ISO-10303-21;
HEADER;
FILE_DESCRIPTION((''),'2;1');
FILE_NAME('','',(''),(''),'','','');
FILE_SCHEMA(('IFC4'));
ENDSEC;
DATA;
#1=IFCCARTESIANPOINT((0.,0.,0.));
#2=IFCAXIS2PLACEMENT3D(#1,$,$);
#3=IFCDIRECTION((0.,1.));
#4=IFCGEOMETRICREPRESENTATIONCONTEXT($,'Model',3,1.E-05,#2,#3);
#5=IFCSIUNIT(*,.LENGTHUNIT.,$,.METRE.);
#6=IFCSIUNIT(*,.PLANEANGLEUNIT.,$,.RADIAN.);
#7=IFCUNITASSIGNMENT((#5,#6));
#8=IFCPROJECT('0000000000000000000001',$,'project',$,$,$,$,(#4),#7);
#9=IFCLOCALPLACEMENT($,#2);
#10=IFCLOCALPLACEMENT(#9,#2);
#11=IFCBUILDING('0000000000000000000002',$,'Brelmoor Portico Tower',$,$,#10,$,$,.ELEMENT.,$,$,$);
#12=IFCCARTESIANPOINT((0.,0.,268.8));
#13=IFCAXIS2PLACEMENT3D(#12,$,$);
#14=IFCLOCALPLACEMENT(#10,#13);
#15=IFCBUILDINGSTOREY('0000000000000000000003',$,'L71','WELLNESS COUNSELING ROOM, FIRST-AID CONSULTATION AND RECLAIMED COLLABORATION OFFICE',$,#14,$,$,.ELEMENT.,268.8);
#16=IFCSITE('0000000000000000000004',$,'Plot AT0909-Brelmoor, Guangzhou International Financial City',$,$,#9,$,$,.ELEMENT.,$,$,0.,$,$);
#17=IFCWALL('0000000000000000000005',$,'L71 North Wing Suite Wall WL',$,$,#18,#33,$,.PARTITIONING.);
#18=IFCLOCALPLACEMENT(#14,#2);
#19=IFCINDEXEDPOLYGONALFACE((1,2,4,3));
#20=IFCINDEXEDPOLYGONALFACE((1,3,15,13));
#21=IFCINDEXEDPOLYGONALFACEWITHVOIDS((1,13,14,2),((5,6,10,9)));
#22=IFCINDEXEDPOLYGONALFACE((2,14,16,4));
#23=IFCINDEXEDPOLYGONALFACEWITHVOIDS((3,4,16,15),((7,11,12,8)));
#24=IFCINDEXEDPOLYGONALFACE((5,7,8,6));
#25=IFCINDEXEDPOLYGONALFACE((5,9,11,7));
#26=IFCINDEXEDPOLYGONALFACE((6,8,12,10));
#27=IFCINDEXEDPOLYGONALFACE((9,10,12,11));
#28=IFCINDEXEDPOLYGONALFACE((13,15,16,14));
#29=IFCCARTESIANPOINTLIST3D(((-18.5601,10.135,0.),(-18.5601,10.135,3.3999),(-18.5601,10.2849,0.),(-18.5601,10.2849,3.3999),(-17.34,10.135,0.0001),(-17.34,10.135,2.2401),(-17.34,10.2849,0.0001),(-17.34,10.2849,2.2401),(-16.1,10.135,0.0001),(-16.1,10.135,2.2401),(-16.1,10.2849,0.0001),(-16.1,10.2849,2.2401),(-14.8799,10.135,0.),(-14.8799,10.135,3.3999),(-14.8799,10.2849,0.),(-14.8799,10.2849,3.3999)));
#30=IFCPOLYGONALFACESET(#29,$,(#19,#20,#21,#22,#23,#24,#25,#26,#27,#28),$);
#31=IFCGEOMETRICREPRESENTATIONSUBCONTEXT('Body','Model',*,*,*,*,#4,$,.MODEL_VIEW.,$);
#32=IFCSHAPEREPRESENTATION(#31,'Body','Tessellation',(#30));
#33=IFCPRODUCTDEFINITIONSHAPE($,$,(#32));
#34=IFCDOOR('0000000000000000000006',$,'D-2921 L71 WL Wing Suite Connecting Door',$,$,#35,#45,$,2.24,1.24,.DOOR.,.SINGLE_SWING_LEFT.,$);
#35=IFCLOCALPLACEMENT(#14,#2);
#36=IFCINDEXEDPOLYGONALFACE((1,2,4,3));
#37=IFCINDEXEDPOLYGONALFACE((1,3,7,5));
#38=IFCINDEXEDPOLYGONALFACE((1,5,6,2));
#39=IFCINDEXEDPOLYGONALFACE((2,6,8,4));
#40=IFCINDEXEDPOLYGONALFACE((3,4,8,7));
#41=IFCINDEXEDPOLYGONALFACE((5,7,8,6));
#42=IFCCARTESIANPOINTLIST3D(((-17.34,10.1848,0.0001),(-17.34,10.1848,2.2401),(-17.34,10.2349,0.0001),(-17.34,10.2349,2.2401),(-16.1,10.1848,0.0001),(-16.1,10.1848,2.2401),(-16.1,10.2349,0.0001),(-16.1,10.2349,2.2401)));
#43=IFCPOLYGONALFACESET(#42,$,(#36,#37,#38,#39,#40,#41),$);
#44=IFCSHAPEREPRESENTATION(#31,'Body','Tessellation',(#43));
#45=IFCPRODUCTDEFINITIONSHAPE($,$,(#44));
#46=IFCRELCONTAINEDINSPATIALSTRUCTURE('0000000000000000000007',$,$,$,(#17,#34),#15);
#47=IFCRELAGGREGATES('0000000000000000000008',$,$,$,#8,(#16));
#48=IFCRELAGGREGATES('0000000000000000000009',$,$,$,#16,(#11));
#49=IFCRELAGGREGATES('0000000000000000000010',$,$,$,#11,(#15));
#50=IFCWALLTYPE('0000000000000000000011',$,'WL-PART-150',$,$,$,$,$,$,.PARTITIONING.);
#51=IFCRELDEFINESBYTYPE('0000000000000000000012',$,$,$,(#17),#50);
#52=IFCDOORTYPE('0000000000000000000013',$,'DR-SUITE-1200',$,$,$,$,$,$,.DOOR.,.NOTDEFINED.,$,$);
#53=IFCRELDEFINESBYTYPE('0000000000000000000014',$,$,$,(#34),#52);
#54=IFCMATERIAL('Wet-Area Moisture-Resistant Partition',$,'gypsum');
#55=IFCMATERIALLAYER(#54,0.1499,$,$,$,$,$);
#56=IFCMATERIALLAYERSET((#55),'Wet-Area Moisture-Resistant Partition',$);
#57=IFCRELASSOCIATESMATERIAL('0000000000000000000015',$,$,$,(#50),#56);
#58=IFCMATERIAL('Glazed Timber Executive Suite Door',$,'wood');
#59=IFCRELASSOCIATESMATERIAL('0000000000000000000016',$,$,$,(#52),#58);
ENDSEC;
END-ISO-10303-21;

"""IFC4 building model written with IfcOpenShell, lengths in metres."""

from ifc_helpers import new_model, si_unit, direction, frame, frame_2d, origin, place, context, subcontext, project, spatial, rectangle, extrude, material, layer, layer_set, type_object, element, fill, save


model = new_model("IFC4")

# Units and contexts
model_context = context("Model", 3, precision=1e-05, world=origin(), true_north=direction((0.0, 1.0)))
body_context = subcontext(model_context, "Body", "Model", "MODEL_VIEW")
ifc_project = project(units=[si_unit("LENGTHUNIT", "METRE"), si_unit("PLANEANGLEUNIT", "RADIAN")], contexts=[model_context])

# Site, building, storey
site_placement = place(None, origin())
site = spatial("IfcSite", under=ifc_project, at=site_placement, Name="Plot AT0909-Brelmoor, Guangzhou International Financial City", CompositionType="ELEMENT", RefElevation=0.0)
building_placement = place(site_placement, origin())
building = spatial("IfcBuilding", under=site, at=building_placement, Name="Brelmoor Portico Tower", CompositionType="ELEMENT")
storey_placement = place(building_placement, frame((0.0, 0.0, 268.8)))
storey = spatial("IfcBuildingStorey", under=building, at=storey_placement, Name="L71", Description="WELLNESS COUNSELING ROOM, FIRST-AID CONSULTATION AND RECLAIMED COLLABORATION OFFICE", CompositionType="ELEMENT", Elevation=268.8)

# Wall, opening, door
ifc_material_1 = material(Name="Wet-Area Moisture-Resistant Partition", Category="gypsum")
ifc_layer_1 = layer(ifc_material_1, 0.1499)
ifc_layer_set_1 = layer_set([ifc_layer_1], Name="Wet-Area Moisture-Resistant Partition")
wall_type_1 = type_object("IfcWallType", Name="WL-PART-150", PredefinedType="PARTITIONING", material=ifc_layer_set_1)
wall_1_placement = place(storey_placement, frame((-18.5601, 10.21, 0.0), z_axis=(0.0, 0.0, 1.0), x_axis=(1.0, 0.0, 0.0)))
wall_1 = element("IfcWall", 1, at=wall_1_placement, inside=storey, type_object=wall_type_1, Name="L71 North Wing Suite Wall WL", PredefinedType="PARTITIONING", context=body_context, shape_type="SweptSolid", body=[
    extrude(rectangle(XDim=3.6802, YDim=0.1499, at=frame_2d((1.8401, 0.0))), origin(), (0.0, 0.0, 1.0), 3.3999),
])
opening_placement = place(wall_1_placement, frame((1.22, 0.0, 0.0)))
opening = element("IfcOpeningElement", 2, at=opening_placement, cuts=wall_1, PredefinedType="OPENING", context=body_context, shape_type="SweptSolid", body=[
    extrude(rectangle(XDim=1.24, YDim=2.24, at=frame_2d((0.6201, 1.1201))), frame((0.0, 0.085, 0.0), z_axis=(0.0, -1.0, 0.0), x_axis=(1.0, 0.0, 0.0)), (0.0, 0.0, 1.0), 0.1699),
])
ifc_material_2 = material(Name="Glazed Timber Executive Suite Door", Category="wood")
door_type = type_object("IfcDoorType", Name="DR-SUITE-1200", OperationType="NOTDEFINED", PredefinedType="DOOR", material=ifc_material_2)
door_placement = place(opening_placement, origin())
door = element("IfcDoor", 3, at=door_placement, inside=storey, type_object=door_type, Name="D-2921 L71 WL Wing Suite Connecting Door", OperationType="SINGLE_SWING_LEFT", OverallHeight=2.24, OverallWidth=1.24, PredefinedType="DOOR", context=body_context, shape_type="SweptSolid", body=[
    extrude(rectangle(XDim=1.24, YDim=2.24, at=frame_2d((0.6201, 1.1201))), frame((0.0, 0.0249, 0.0), z_axis=(0.0, -1.0, 0.0), x_axis=(1.0, 0.0, 0.0)), (0.0, 0.0, 1.0), 0.05),
])
fill(opening, door)

save(model, "model.ifc")
